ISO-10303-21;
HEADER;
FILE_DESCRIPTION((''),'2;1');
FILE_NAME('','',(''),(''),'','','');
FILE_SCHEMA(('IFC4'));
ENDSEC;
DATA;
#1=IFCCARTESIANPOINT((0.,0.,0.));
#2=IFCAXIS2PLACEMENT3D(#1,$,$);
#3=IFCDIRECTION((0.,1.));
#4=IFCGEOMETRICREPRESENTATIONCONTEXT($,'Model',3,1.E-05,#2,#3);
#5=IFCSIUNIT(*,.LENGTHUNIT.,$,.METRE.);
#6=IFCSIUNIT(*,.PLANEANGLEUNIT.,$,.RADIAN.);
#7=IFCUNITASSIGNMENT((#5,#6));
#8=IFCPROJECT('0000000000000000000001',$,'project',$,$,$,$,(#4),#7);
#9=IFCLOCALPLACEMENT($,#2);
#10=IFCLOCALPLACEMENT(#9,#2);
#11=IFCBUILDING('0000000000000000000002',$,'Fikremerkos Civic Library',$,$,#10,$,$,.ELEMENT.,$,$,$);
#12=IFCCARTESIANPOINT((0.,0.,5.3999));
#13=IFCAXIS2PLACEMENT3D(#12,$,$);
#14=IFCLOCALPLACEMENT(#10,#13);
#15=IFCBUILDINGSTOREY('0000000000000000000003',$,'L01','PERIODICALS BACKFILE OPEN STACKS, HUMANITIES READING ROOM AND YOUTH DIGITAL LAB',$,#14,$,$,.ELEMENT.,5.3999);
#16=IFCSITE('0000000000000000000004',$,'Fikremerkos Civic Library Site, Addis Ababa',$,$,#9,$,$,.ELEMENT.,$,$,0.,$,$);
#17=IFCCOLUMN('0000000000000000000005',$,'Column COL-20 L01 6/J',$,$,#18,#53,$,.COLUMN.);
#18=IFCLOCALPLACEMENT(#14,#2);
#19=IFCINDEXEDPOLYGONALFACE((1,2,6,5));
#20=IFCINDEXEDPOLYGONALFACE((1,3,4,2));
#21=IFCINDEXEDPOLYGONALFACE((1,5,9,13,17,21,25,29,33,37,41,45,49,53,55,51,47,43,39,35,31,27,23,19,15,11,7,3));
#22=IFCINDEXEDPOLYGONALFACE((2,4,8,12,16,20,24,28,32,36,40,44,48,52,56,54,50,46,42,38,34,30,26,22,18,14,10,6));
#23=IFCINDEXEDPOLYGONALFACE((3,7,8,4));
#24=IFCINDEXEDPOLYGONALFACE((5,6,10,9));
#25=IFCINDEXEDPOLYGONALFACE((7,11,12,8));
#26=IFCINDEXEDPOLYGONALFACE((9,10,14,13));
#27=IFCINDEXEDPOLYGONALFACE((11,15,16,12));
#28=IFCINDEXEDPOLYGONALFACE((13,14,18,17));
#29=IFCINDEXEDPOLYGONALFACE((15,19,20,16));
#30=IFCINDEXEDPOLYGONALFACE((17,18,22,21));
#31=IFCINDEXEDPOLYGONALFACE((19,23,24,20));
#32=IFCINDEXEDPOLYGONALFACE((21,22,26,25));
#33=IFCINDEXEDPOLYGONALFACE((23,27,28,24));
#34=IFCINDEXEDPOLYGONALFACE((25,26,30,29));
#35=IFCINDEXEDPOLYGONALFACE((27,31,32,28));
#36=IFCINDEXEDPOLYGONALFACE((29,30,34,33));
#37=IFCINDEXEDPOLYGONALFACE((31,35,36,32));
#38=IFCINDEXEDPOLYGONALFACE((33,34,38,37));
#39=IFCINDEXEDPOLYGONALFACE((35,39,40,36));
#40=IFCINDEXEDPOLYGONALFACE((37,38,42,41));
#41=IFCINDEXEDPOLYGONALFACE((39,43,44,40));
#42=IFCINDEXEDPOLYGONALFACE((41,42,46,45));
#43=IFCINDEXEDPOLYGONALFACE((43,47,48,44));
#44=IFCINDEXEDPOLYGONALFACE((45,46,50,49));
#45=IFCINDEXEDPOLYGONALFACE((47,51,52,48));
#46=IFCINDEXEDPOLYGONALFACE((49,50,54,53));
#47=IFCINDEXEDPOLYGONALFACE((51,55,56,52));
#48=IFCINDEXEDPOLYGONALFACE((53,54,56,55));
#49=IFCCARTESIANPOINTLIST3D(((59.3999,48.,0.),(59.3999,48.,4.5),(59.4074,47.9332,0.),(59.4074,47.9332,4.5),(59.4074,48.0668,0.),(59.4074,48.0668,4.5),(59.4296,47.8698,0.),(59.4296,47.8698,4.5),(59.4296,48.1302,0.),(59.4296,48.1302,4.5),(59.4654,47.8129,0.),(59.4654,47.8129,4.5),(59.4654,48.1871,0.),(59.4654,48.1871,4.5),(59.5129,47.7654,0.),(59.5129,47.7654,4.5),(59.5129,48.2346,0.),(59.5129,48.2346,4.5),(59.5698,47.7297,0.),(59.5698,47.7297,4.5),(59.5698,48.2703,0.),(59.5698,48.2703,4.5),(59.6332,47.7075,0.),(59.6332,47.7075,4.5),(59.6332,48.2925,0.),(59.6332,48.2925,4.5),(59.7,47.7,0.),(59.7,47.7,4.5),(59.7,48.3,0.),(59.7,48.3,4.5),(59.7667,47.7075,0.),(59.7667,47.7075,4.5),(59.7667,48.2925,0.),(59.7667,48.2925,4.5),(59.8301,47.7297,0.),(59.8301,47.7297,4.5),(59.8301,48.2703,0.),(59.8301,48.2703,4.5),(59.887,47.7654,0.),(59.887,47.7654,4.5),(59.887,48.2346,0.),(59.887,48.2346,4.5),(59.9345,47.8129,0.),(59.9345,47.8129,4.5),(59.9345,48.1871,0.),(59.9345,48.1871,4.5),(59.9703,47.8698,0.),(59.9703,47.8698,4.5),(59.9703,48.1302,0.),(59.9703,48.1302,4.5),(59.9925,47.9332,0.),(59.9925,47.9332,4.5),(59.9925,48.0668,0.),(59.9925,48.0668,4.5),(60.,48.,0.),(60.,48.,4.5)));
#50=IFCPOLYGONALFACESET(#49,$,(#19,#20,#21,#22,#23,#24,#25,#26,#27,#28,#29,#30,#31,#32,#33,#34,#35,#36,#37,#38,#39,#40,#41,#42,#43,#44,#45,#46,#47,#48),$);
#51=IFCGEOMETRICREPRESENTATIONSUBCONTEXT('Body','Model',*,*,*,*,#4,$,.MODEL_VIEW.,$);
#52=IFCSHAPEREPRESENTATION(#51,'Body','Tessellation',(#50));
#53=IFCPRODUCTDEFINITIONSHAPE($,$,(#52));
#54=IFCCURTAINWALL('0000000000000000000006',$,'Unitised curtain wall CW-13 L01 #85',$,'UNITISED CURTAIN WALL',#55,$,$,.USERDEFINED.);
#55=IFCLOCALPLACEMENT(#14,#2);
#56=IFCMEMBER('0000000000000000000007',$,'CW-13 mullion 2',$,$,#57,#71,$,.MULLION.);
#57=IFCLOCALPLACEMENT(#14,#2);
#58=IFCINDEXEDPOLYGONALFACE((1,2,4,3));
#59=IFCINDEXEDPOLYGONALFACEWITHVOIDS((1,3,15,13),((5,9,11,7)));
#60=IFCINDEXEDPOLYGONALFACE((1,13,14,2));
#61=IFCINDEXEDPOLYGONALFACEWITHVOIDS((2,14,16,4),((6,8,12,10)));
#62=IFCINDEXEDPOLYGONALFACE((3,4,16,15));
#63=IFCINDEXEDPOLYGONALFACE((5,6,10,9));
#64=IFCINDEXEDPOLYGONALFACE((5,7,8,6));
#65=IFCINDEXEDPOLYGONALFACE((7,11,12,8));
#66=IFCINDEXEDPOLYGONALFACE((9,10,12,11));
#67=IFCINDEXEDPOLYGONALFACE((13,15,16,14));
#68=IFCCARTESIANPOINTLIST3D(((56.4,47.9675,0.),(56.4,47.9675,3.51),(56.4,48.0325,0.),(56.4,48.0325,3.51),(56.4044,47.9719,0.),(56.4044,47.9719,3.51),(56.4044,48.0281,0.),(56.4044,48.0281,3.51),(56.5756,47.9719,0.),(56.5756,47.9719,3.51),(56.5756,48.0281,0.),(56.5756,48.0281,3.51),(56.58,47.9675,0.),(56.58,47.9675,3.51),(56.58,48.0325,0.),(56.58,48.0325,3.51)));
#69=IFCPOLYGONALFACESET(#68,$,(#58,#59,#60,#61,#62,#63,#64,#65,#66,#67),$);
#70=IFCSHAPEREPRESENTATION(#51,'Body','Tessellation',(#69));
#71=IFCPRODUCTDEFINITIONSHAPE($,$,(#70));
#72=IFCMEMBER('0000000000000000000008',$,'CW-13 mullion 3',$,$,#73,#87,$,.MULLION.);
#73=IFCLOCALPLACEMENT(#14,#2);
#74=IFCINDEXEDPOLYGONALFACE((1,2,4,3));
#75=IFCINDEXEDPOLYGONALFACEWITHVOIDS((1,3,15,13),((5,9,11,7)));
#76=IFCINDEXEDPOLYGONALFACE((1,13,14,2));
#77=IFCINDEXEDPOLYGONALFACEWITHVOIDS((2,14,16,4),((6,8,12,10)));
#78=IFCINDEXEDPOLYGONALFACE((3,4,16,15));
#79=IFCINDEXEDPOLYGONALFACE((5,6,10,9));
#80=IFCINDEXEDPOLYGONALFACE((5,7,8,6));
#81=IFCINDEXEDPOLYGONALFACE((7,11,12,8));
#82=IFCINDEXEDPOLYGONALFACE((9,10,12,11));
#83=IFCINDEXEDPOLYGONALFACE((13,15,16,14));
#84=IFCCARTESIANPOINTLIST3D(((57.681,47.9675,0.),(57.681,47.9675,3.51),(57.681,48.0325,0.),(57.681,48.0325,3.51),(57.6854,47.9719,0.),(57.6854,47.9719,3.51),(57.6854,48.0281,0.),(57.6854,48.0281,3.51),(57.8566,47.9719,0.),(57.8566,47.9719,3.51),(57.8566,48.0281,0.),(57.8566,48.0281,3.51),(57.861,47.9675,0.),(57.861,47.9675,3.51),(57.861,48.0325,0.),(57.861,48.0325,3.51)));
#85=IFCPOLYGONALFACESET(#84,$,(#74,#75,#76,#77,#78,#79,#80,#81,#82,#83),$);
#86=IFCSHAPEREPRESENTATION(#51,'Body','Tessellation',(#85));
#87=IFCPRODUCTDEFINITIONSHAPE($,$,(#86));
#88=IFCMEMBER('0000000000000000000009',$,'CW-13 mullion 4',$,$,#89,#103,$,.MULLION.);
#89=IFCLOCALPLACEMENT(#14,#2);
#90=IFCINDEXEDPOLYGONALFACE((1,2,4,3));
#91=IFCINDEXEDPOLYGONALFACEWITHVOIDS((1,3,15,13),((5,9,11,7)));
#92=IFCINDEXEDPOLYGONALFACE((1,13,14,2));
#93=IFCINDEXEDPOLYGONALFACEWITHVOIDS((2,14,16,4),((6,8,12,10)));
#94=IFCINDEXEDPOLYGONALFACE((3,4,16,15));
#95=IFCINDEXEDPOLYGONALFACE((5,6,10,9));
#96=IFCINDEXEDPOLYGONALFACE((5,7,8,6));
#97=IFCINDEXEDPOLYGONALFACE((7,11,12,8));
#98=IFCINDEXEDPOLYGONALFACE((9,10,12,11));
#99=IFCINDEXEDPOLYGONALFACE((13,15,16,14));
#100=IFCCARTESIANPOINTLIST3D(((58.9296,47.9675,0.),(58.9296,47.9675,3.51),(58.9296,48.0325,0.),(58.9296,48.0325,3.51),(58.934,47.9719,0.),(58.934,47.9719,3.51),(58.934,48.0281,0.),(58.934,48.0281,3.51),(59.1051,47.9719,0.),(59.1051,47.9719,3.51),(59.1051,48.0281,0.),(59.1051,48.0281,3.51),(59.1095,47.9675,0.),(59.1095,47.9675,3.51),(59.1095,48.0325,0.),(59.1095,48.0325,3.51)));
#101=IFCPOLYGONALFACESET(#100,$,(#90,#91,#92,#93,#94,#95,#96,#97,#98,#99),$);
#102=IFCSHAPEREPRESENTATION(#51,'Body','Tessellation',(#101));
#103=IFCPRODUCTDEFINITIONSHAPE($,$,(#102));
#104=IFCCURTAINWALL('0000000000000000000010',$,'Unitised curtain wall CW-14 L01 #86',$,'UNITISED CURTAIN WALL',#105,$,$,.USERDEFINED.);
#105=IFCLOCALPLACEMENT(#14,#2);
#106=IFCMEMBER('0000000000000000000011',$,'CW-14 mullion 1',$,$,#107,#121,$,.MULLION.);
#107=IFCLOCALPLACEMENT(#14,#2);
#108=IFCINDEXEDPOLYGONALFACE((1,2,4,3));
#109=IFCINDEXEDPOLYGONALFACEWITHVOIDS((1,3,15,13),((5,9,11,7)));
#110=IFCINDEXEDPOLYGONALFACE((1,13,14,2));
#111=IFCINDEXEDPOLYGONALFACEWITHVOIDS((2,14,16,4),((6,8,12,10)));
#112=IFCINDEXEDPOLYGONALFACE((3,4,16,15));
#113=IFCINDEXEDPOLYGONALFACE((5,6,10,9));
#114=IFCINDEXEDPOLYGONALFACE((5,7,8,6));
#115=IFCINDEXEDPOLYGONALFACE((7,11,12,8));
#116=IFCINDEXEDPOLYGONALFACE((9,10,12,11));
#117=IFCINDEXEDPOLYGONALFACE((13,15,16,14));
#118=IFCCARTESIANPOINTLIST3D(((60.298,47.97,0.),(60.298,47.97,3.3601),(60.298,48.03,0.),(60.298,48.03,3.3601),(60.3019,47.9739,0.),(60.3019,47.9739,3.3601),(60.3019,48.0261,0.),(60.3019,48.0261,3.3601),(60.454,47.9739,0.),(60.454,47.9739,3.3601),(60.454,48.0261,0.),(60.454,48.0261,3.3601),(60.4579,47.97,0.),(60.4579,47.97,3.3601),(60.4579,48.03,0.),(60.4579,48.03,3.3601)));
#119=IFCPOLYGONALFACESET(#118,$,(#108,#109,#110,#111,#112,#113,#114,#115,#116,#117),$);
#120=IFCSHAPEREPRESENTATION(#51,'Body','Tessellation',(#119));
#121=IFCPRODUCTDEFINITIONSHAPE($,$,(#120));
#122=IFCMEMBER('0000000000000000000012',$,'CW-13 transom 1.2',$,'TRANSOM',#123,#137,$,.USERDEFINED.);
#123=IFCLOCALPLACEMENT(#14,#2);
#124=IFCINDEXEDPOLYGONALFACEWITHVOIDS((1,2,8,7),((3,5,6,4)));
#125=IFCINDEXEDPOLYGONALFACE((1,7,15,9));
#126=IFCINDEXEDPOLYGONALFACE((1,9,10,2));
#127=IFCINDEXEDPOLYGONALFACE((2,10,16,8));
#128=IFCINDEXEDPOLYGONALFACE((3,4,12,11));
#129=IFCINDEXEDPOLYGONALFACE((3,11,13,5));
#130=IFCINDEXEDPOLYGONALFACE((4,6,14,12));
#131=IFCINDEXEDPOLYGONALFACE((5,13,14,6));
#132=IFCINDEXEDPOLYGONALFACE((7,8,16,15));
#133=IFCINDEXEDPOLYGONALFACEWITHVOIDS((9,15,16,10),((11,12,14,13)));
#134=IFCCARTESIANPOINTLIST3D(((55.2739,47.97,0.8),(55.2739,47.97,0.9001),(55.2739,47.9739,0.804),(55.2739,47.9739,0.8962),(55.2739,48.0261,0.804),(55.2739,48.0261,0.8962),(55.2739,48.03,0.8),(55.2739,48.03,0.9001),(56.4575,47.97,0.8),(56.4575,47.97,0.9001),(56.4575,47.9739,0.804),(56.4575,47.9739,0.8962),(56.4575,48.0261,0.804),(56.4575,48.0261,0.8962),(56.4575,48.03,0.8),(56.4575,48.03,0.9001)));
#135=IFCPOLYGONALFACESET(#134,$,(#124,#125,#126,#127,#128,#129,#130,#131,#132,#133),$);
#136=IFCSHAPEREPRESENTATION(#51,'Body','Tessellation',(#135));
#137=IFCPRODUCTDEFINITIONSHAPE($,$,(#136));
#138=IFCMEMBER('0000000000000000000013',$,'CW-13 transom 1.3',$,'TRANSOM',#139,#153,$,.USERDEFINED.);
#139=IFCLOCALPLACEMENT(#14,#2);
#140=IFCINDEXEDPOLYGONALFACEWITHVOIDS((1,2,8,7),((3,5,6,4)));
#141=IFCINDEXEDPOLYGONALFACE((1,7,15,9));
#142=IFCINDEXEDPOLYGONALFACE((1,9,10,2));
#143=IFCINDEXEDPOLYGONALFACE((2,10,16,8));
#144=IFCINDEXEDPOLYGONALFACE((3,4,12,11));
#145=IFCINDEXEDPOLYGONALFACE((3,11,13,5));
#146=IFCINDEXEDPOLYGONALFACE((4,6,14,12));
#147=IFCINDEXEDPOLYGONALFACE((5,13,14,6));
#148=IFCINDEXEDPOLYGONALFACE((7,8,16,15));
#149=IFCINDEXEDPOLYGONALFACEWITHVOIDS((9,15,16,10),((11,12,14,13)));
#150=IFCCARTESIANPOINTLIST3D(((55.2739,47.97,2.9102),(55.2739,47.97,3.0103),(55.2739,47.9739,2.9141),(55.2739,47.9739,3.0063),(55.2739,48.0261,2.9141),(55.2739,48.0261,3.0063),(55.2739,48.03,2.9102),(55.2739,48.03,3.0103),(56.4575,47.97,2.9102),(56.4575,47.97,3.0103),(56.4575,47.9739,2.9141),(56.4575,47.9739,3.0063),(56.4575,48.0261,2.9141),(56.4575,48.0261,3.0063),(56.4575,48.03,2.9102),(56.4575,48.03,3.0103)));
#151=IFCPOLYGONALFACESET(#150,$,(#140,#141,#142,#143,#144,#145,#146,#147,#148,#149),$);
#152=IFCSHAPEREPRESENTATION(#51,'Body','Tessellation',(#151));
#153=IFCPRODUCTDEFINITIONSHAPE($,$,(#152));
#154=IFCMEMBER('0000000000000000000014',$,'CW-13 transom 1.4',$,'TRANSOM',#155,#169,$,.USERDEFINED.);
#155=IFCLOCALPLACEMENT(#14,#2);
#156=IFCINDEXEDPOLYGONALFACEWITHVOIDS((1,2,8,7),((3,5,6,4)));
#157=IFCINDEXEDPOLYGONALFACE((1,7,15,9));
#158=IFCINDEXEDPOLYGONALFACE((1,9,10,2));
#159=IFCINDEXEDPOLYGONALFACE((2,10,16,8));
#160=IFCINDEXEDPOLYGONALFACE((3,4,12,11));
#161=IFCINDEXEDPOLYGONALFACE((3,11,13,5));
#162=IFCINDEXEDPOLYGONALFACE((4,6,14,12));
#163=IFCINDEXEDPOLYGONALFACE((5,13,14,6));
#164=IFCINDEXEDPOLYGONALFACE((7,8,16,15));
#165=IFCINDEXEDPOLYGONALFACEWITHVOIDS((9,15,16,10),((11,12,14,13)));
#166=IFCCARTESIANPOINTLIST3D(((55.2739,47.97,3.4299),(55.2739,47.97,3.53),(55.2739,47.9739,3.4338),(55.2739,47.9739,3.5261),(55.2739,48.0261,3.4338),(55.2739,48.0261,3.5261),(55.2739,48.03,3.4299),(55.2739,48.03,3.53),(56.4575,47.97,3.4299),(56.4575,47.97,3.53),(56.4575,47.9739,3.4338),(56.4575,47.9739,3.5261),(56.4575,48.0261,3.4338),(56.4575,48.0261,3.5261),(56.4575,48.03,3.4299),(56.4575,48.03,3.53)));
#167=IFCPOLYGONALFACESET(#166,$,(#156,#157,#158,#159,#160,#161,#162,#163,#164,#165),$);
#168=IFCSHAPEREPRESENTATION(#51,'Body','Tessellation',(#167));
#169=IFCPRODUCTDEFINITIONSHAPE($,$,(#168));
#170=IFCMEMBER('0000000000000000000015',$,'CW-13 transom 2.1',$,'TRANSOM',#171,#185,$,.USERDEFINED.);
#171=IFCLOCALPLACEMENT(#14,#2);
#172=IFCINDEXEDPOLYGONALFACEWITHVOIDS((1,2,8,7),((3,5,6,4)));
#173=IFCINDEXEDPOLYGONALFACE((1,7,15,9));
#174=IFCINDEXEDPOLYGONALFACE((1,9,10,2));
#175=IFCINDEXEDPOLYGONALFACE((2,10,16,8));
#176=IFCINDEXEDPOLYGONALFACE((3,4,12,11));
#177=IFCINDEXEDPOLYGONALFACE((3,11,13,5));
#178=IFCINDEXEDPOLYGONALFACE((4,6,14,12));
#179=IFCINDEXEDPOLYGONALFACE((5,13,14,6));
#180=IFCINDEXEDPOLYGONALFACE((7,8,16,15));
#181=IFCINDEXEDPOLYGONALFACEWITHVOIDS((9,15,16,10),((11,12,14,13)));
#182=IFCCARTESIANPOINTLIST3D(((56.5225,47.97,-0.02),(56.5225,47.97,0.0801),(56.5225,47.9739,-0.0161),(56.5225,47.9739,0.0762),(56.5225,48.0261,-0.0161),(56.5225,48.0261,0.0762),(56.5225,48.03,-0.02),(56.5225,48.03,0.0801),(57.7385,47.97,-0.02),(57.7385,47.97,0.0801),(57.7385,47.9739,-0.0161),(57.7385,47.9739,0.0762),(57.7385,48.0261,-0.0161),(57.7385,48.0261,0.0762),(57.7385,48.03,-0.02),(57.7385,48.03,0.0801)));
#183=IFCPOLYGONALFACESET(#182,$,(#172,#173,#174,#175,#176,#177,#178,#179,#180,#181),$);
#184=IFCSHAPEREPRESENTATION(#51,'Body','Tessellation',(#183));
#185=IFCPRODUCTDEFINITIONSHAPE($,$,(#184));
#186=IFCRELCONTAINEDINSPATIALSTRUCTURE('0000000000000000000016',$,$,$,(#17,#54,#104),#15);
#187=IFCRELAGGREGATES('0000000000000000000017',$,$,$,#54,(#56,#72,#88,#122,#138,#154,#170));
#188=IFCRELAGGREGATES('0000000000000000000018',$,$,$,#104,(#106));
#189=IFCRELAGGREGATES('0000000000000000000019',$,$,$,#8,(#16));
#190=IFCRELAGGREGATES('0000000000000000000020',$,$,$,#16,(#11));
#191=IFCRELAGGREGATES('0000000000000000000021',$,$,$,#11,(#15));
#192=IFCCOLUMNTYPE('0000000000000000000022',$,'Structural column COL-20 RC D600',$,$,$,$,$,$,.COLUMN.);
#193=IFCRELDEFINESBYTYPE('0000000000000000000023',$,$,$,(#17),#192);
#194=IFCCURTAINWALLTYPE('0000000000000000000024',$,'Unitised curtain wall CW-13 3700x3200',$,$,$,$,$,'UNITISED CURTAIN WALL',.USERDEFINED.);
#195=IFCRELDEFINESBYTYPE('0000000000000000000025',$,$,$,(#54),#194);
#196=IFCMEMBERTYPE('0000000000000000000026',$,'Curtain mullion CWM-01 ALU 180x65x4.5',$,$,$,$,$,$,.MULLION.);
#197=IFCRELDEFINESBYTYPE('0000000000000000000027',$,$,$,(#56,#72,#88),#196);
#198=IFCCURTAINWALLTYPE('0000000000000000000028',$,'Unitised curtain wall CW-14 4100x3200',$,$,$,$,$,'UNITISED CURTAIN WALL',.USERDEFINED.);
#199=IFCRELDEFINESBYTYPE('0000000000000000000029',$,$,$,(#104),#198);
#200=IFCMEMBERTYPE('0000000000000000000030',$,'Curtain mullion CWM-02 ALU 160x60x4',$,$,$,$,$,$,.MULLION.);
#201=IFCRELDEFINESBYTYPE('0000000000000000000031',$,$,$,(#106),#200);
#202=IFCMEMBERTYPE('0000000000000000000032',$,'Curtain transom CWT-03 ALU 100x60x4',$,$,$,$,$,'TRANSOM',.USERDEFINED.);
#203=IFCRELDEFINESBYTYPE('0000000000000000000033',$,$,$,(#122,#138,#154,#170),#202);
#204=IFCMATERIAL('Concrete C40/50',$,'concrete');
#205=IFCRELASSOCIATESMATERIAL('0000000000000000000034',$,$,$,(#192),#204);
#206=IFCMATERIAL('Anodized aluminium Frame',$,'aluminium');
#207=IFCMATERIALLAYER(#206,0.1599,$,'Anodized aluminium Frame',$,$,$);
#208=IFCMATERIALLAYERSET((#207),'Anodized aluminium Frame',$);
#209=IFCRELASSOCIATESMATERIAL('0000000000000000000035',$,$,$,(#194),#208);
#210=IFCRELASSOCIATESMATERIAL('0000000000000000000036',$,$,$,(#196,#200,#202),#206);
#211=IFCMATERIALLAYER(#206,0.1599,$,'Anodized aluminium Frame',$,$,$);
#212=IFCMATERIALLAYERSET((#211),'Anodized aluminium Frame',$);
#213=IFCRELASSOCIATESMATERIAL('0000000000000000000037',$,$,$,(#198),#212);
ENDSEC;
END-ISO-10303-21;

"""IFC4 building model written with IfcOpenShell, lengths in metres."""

from ifc_helpers import new_model, si_unit, direction, frame, origin, origin_2d, place, context, subcontext, project, spatial, hollow_rectangle, circle, extrude, material, layer, layer_set, material_profile, profile_set, type_object, element, aggregate, save


model = new_model("IFC4")

# Units and contexts
model_context = context("Model", 3, precision=1e-05, world=origin(), true_north=direction((0.0, 1.0)))
body_context = subcontext(model_context, "Body", "Model", "MODEL_VIEW")
ifc_project = project(units=[si_unit("LENGTHUNIT", "METRE"), si_unit("PLANEANGLEUNIT", "RADIAN")], contexts=[model_context])

# Site, building, storey
site_placement = place(None, origin())
site = spatial("IfcSite", under=ifc_project, at=site_placement, Name="Fikremerkos Civic Library Site, Addis Ababa", CompositionType="ELEMENT", RefElevation=0.0)
building_placement = place(site_placement, origin())
building = spatial("IfcBuilding", under=site, at=building_placement, Name="Fikremerkos Civic Library", CompositionType="ELEMENT")
storey_placement = place(building_placement, frame((0.0, 0.0, 5.3999)))
storey = spatial("IfcBuildingStorey", under=building, at=storey_placement, Name="L01", Description="PERIODICALS BACKFILE OPEN STACKS, HUMANITIES READING ROOM AND YOUTH DIGITAL LAB", CompositionType="ELEMENT", Elevation=5.3999)

# Column
ifc_material_1 = material(Name="Concrete C40/50", Category="concrete")
ifc_material_profile_1 = material_profile(ifc_material_1, circle(Radius=0.3, at=origin_2d()), Name="RC D600")
ifc_profile_set_1 = profile_set([ifc_material_profile_1], Name="Concrete C40/50")
column_type = type_object("IfcColumnType", Name="Structural column COL-20 RC D600", PredefinedType="COLUMN", material=ifc_profile_set_1)
column_placement = place(storey_placement, frame((59.7, 48.0, 0.0), z_axis=(0.0, 0.0, 1.0), x_axis=(1.0, 0.0, 0.0)))
element("IfcColumn", 1, at=column_placement, inside=storey, type_object=column_type, Name="Column COL-20 L01 6/J", PredefinedType="COLUMN", context=body_context, shape_type="SweptSolid", body=[
    extrude(circle(Radius=0.3, at=origin_2d()), origin(), (0.0, 0.0, 1.0), 4.5),
])

# Curtain wall, members
ifc_material_2 = material(Name="Anodized aluminium Frame", Category="aluminium")
ifc_layer_1 = layer(ifc_material_2, 0.1599, Name="Anodized aluminium Frame")
ifc_layer_set_1 = layer_set([ifc_layer_1], Name="Anodized aluminium Frame")
curtain_wall_type_1 = type_object("IfcCurtainWallType", Name="Unitised curtain wall CW-13 3700x3200", ElementType="UNITISED CURTAIN WALL", PredefinedType="USERDEFINED", material=ifc_layer_set_1)
curtain_wall_1_placement = place(storey_placement, origin())
curtain_wall_1 = element("IfcCurtainWall", 2, at=curtain_wall_1_placement, inside=storey, type_object=curtain_wall_type_1, Name="Unitised curtain wall CW-13 L01 #85", ObjectType="UNITISED CURTAIN WALL", PredefinedType="USERDEFINED")
ifc_material_profile_2 = material_profile(ifc_material_2, hollow_rectangle(XDim=0.0649, YDim=0.1799, WallThickness=0.0044, at=origin_2d()), Name="ALU 180x65x4.5")
ifc_profile_set_2 = profile_set([ifc_material_profile_2], Name="Anodized aluminium Frame")
member_type_1 = type_object("IfcMemberType", Name="Curtain mullion CWM-01 ALU 180x65x4.5", PredefinedType="MULLION", material=ifc_profile_set_2)
member_1_placement = place(storey_placement, frame((56.49, 48.0, 0.0), z_axis=(0.0, 0.0, 1.0), x_axis=(0.0, 1.0, 0.0)))
member_1 = element("IfcMember", 3, at=member_1_placement, type_object=member_type_1, Name="CW-13 mullion 2", PredefinedType="MULLION", context=body_context, shape_type="SweptSolid", body=[
    extrude(hollow_rectangle(XDim=0.0649, YDim=0.1799, WallThickness=0.0044, at=origin_2d()), origin(), (0.0, 0.0, 1.0), 3.51),
])
member_2_placement = place(storey_placement, frame((57.771, 48.0, 0.0), z_axis=(0.0, 0.0, 1.0), x_axis=(0.0, 1.0, 0.0)))
member_2 = element("IfcMember", 4, at=member_2_placement, type_object=member_type_1, Name="CW-13 mullion 3", PredefinedType="MULLION", context=body_context, shape_type="SweptSolid", body=[
    extrude(hollow_rectangle(XDim=0.0649, YDim=0.1799, WallThickness=0.0044, at=origin_2d()), origin(), (0.0, 0.0, 1.0), 3.51),
])
member_3_placement = place(storey_placement, frame((59.0195, 48.0, 0.0), z_axis=(0.0, 0.0, 1.0), x_axis=(0.0, 1.0, 0.0)))
member_3 = element("IfcMember", 5, at=member_3_placement, type_object=member_type_1, Name="CW-13 mullion 4", PredefinedType="MULLION", context=body_context, shape_type="SweptSolid", body=[
    extrude(hollow_rectangle(XDim=0.0649, YDim=0.1799, WallThickness=0.0044, at=origin_2d()), origin(), (0.0, 0.0, 1.0), 3.51),
])

# Curtain wall, member
ifc_layer_2 = layer(ifc_material_2, 0.1599, Name="Anodized aluminium Frame")
ifc_layer_set_2 = layer_set([ifc_layer_2], Name="Anodized aluminium Frame")
curtain_wall_type_2 = type_object("IfcCurtainWallType", Name="Unitised curtain wall CW-14 4100x3200", ElementType="UNITISED CURTAIN WALL", PredefinedType="USERDEFINED", material=ifc_layer_set_2)
curtain_wall_2_placement = place(storey_placement, origin())
curtain_wall_2 = element("IfcCurtainWall", 6, at=curtain_wall_2_placement, inside=storey, type_object=curtain_wall_type_2, Name="Unitised curtain wall CW-14 L01 #86", ObjectType="UNITISED CURTAIN WALL", PredefinedType="USERDEFINED")
ifc_material_profile_3 = material_profile(ifc_material_2, hollow_rectangle(XDim=0.0601, YDim=0.1599, WallThickness=0.0039, at=origin_2d()), Name="ALU 160x60x4")
ifc_profile_set_3 = profile_set([ifc_material_profile_3], Name="Anodized aluminium Frame")
member_type_2 = type_object("IfcMemberType", Name="Curtain mullion CWM-02 ALU 160x60x4", PredefinedType="MULLION", material=ifc_profile_set_3)
member_4_placement = place(storey_placement, frame((60.3779, 48.0, 0.0), z_axis=(0.0, 0.0, 1.0), x_axis=(0.0, 1.0, 0.0)))
member_4 = element("IfcMember", 7, at=member_4_placement, type_object=member_type_2, Name="CW-14 mullion 1", PredefinedType="MULLION", context=body_context, shape_type="SweptSolid", body=[
    extrude(hollow_rectangle(XDim=0.0601, YDim=0.1599, WallThickness=0.0039, at=origin_2d()), origin(), (0.0, 0.0, 1.0), 3.3601),
])

# Members
ifc_material_profile_4 = material_profile(ifc_material_2, hollow_rectangle(XDim=0.0601, YDim=0.1001, WallThickness=0.0039, at=origin_2d()), Name="ALU 100x60x4")
ifc_profile_set_4 = profile_set([ifc_material_profile_4], Name="Anodized aluminium Frame")
member_type_3 = type_object("IfcMemberType", Name="Curtain transom CWT-03 ALU 100x60x4", ElementType="TRANSOM", PredefinedType="USERDEFINED", material=ifc_profile_set_4)
member_5_placement = place(storey_placement, frame((55.2739, 48.0, 0.8501), z_axis=(1.0, 0.0, 0.0), x_axis=(0.0, 1.0, 0.0)))
member_5 = element("IfcMember", 8, at=member_5_placement, type_object=member_type_3, Name="CW-13 transom 1.2", ObjectType="TRANSOM", PredefinedType="USERDEFINED", context=body_context, shape_type="SweptSolid", body=[
    extrude(hollow_rectangle(XDim=0.0601, YDim=0.1001, WallThickness=0.0039, at=origin_2d()), origin(), (0.0, 0.0, 1.0), 1.1836),
])
member_6_placement = place(storey_placement, frame((55.2739, 48.0, 2.9602), z_axis=(1.0, 0.0, 0.0), x_axis=(0.0, 1.0, 0.0)))
member_6 = element("IfcMember", 9, at=member_6_placement, type_object=member_type_3, Name="CW-13 transom 1.3", ObjectType="TRANSOM", PredefinedType="USERDEFINED", context=body_context, shape_type="SweptSolid", body=[
    extrude(hollow_rectangle(XDim=0.0601, YDim=0.1001, WallThickness=0.0039, at=origin_2d()), origin(), (0.0, 0.0, 1.0), 1.1836),
])
member_7_placement = place(storey_placement, frame((55.2739, 48.0, 3.48), z_axis=(1.0, 0.0, 0.0), x_axis=(0.0, 1.0, 0.0)))
member_7 = element("IfcMember", 10, at=member_7_placement, type_object=member_type_3, Name="CW-13 transom 1.4", ObjectType="TRANSOM", PredefinedType="USERDEFINED", context=body_context, shape_type="SweptSolid", body=[
    extrude(hollow_rectangle(XDim=0.0601, YDim=0.1001, WallThickness=0.0039, at=origin_2d()), origin(), (0.0, 0.0, 1.0), 1.1836),
])
member_8_placement = place(storey_placement, frame((56.5225, 48.0, 0.03), z_axis=(1.0, 0.0, 0.0), x_axis=(0.0, 1.0, 0.0)))
member_8 = element("IfcMember", 11, at=member_8_placement, type_object=member_type_3, Name="CW-13 transom 2.1", ObjectType="TRANSOM", PredefinedType="USERDEFINED", context=body_context, shape_type="SweptSolid", body=[
    extrude(hollow_rectangle(XDim=0.0601, YDim=0.1001, WallThickness=0.0039, at=origin_2d()), origin(), (0.0, 0.0, 1.0), 1.2161),
])

aggregate(curtain_wall_1, [member_1, member_2, member_3, member_5, member_6, member_7, member_8])
aggregate(curtain_wall_2, [member_4])

save(model, "model.ifc")
